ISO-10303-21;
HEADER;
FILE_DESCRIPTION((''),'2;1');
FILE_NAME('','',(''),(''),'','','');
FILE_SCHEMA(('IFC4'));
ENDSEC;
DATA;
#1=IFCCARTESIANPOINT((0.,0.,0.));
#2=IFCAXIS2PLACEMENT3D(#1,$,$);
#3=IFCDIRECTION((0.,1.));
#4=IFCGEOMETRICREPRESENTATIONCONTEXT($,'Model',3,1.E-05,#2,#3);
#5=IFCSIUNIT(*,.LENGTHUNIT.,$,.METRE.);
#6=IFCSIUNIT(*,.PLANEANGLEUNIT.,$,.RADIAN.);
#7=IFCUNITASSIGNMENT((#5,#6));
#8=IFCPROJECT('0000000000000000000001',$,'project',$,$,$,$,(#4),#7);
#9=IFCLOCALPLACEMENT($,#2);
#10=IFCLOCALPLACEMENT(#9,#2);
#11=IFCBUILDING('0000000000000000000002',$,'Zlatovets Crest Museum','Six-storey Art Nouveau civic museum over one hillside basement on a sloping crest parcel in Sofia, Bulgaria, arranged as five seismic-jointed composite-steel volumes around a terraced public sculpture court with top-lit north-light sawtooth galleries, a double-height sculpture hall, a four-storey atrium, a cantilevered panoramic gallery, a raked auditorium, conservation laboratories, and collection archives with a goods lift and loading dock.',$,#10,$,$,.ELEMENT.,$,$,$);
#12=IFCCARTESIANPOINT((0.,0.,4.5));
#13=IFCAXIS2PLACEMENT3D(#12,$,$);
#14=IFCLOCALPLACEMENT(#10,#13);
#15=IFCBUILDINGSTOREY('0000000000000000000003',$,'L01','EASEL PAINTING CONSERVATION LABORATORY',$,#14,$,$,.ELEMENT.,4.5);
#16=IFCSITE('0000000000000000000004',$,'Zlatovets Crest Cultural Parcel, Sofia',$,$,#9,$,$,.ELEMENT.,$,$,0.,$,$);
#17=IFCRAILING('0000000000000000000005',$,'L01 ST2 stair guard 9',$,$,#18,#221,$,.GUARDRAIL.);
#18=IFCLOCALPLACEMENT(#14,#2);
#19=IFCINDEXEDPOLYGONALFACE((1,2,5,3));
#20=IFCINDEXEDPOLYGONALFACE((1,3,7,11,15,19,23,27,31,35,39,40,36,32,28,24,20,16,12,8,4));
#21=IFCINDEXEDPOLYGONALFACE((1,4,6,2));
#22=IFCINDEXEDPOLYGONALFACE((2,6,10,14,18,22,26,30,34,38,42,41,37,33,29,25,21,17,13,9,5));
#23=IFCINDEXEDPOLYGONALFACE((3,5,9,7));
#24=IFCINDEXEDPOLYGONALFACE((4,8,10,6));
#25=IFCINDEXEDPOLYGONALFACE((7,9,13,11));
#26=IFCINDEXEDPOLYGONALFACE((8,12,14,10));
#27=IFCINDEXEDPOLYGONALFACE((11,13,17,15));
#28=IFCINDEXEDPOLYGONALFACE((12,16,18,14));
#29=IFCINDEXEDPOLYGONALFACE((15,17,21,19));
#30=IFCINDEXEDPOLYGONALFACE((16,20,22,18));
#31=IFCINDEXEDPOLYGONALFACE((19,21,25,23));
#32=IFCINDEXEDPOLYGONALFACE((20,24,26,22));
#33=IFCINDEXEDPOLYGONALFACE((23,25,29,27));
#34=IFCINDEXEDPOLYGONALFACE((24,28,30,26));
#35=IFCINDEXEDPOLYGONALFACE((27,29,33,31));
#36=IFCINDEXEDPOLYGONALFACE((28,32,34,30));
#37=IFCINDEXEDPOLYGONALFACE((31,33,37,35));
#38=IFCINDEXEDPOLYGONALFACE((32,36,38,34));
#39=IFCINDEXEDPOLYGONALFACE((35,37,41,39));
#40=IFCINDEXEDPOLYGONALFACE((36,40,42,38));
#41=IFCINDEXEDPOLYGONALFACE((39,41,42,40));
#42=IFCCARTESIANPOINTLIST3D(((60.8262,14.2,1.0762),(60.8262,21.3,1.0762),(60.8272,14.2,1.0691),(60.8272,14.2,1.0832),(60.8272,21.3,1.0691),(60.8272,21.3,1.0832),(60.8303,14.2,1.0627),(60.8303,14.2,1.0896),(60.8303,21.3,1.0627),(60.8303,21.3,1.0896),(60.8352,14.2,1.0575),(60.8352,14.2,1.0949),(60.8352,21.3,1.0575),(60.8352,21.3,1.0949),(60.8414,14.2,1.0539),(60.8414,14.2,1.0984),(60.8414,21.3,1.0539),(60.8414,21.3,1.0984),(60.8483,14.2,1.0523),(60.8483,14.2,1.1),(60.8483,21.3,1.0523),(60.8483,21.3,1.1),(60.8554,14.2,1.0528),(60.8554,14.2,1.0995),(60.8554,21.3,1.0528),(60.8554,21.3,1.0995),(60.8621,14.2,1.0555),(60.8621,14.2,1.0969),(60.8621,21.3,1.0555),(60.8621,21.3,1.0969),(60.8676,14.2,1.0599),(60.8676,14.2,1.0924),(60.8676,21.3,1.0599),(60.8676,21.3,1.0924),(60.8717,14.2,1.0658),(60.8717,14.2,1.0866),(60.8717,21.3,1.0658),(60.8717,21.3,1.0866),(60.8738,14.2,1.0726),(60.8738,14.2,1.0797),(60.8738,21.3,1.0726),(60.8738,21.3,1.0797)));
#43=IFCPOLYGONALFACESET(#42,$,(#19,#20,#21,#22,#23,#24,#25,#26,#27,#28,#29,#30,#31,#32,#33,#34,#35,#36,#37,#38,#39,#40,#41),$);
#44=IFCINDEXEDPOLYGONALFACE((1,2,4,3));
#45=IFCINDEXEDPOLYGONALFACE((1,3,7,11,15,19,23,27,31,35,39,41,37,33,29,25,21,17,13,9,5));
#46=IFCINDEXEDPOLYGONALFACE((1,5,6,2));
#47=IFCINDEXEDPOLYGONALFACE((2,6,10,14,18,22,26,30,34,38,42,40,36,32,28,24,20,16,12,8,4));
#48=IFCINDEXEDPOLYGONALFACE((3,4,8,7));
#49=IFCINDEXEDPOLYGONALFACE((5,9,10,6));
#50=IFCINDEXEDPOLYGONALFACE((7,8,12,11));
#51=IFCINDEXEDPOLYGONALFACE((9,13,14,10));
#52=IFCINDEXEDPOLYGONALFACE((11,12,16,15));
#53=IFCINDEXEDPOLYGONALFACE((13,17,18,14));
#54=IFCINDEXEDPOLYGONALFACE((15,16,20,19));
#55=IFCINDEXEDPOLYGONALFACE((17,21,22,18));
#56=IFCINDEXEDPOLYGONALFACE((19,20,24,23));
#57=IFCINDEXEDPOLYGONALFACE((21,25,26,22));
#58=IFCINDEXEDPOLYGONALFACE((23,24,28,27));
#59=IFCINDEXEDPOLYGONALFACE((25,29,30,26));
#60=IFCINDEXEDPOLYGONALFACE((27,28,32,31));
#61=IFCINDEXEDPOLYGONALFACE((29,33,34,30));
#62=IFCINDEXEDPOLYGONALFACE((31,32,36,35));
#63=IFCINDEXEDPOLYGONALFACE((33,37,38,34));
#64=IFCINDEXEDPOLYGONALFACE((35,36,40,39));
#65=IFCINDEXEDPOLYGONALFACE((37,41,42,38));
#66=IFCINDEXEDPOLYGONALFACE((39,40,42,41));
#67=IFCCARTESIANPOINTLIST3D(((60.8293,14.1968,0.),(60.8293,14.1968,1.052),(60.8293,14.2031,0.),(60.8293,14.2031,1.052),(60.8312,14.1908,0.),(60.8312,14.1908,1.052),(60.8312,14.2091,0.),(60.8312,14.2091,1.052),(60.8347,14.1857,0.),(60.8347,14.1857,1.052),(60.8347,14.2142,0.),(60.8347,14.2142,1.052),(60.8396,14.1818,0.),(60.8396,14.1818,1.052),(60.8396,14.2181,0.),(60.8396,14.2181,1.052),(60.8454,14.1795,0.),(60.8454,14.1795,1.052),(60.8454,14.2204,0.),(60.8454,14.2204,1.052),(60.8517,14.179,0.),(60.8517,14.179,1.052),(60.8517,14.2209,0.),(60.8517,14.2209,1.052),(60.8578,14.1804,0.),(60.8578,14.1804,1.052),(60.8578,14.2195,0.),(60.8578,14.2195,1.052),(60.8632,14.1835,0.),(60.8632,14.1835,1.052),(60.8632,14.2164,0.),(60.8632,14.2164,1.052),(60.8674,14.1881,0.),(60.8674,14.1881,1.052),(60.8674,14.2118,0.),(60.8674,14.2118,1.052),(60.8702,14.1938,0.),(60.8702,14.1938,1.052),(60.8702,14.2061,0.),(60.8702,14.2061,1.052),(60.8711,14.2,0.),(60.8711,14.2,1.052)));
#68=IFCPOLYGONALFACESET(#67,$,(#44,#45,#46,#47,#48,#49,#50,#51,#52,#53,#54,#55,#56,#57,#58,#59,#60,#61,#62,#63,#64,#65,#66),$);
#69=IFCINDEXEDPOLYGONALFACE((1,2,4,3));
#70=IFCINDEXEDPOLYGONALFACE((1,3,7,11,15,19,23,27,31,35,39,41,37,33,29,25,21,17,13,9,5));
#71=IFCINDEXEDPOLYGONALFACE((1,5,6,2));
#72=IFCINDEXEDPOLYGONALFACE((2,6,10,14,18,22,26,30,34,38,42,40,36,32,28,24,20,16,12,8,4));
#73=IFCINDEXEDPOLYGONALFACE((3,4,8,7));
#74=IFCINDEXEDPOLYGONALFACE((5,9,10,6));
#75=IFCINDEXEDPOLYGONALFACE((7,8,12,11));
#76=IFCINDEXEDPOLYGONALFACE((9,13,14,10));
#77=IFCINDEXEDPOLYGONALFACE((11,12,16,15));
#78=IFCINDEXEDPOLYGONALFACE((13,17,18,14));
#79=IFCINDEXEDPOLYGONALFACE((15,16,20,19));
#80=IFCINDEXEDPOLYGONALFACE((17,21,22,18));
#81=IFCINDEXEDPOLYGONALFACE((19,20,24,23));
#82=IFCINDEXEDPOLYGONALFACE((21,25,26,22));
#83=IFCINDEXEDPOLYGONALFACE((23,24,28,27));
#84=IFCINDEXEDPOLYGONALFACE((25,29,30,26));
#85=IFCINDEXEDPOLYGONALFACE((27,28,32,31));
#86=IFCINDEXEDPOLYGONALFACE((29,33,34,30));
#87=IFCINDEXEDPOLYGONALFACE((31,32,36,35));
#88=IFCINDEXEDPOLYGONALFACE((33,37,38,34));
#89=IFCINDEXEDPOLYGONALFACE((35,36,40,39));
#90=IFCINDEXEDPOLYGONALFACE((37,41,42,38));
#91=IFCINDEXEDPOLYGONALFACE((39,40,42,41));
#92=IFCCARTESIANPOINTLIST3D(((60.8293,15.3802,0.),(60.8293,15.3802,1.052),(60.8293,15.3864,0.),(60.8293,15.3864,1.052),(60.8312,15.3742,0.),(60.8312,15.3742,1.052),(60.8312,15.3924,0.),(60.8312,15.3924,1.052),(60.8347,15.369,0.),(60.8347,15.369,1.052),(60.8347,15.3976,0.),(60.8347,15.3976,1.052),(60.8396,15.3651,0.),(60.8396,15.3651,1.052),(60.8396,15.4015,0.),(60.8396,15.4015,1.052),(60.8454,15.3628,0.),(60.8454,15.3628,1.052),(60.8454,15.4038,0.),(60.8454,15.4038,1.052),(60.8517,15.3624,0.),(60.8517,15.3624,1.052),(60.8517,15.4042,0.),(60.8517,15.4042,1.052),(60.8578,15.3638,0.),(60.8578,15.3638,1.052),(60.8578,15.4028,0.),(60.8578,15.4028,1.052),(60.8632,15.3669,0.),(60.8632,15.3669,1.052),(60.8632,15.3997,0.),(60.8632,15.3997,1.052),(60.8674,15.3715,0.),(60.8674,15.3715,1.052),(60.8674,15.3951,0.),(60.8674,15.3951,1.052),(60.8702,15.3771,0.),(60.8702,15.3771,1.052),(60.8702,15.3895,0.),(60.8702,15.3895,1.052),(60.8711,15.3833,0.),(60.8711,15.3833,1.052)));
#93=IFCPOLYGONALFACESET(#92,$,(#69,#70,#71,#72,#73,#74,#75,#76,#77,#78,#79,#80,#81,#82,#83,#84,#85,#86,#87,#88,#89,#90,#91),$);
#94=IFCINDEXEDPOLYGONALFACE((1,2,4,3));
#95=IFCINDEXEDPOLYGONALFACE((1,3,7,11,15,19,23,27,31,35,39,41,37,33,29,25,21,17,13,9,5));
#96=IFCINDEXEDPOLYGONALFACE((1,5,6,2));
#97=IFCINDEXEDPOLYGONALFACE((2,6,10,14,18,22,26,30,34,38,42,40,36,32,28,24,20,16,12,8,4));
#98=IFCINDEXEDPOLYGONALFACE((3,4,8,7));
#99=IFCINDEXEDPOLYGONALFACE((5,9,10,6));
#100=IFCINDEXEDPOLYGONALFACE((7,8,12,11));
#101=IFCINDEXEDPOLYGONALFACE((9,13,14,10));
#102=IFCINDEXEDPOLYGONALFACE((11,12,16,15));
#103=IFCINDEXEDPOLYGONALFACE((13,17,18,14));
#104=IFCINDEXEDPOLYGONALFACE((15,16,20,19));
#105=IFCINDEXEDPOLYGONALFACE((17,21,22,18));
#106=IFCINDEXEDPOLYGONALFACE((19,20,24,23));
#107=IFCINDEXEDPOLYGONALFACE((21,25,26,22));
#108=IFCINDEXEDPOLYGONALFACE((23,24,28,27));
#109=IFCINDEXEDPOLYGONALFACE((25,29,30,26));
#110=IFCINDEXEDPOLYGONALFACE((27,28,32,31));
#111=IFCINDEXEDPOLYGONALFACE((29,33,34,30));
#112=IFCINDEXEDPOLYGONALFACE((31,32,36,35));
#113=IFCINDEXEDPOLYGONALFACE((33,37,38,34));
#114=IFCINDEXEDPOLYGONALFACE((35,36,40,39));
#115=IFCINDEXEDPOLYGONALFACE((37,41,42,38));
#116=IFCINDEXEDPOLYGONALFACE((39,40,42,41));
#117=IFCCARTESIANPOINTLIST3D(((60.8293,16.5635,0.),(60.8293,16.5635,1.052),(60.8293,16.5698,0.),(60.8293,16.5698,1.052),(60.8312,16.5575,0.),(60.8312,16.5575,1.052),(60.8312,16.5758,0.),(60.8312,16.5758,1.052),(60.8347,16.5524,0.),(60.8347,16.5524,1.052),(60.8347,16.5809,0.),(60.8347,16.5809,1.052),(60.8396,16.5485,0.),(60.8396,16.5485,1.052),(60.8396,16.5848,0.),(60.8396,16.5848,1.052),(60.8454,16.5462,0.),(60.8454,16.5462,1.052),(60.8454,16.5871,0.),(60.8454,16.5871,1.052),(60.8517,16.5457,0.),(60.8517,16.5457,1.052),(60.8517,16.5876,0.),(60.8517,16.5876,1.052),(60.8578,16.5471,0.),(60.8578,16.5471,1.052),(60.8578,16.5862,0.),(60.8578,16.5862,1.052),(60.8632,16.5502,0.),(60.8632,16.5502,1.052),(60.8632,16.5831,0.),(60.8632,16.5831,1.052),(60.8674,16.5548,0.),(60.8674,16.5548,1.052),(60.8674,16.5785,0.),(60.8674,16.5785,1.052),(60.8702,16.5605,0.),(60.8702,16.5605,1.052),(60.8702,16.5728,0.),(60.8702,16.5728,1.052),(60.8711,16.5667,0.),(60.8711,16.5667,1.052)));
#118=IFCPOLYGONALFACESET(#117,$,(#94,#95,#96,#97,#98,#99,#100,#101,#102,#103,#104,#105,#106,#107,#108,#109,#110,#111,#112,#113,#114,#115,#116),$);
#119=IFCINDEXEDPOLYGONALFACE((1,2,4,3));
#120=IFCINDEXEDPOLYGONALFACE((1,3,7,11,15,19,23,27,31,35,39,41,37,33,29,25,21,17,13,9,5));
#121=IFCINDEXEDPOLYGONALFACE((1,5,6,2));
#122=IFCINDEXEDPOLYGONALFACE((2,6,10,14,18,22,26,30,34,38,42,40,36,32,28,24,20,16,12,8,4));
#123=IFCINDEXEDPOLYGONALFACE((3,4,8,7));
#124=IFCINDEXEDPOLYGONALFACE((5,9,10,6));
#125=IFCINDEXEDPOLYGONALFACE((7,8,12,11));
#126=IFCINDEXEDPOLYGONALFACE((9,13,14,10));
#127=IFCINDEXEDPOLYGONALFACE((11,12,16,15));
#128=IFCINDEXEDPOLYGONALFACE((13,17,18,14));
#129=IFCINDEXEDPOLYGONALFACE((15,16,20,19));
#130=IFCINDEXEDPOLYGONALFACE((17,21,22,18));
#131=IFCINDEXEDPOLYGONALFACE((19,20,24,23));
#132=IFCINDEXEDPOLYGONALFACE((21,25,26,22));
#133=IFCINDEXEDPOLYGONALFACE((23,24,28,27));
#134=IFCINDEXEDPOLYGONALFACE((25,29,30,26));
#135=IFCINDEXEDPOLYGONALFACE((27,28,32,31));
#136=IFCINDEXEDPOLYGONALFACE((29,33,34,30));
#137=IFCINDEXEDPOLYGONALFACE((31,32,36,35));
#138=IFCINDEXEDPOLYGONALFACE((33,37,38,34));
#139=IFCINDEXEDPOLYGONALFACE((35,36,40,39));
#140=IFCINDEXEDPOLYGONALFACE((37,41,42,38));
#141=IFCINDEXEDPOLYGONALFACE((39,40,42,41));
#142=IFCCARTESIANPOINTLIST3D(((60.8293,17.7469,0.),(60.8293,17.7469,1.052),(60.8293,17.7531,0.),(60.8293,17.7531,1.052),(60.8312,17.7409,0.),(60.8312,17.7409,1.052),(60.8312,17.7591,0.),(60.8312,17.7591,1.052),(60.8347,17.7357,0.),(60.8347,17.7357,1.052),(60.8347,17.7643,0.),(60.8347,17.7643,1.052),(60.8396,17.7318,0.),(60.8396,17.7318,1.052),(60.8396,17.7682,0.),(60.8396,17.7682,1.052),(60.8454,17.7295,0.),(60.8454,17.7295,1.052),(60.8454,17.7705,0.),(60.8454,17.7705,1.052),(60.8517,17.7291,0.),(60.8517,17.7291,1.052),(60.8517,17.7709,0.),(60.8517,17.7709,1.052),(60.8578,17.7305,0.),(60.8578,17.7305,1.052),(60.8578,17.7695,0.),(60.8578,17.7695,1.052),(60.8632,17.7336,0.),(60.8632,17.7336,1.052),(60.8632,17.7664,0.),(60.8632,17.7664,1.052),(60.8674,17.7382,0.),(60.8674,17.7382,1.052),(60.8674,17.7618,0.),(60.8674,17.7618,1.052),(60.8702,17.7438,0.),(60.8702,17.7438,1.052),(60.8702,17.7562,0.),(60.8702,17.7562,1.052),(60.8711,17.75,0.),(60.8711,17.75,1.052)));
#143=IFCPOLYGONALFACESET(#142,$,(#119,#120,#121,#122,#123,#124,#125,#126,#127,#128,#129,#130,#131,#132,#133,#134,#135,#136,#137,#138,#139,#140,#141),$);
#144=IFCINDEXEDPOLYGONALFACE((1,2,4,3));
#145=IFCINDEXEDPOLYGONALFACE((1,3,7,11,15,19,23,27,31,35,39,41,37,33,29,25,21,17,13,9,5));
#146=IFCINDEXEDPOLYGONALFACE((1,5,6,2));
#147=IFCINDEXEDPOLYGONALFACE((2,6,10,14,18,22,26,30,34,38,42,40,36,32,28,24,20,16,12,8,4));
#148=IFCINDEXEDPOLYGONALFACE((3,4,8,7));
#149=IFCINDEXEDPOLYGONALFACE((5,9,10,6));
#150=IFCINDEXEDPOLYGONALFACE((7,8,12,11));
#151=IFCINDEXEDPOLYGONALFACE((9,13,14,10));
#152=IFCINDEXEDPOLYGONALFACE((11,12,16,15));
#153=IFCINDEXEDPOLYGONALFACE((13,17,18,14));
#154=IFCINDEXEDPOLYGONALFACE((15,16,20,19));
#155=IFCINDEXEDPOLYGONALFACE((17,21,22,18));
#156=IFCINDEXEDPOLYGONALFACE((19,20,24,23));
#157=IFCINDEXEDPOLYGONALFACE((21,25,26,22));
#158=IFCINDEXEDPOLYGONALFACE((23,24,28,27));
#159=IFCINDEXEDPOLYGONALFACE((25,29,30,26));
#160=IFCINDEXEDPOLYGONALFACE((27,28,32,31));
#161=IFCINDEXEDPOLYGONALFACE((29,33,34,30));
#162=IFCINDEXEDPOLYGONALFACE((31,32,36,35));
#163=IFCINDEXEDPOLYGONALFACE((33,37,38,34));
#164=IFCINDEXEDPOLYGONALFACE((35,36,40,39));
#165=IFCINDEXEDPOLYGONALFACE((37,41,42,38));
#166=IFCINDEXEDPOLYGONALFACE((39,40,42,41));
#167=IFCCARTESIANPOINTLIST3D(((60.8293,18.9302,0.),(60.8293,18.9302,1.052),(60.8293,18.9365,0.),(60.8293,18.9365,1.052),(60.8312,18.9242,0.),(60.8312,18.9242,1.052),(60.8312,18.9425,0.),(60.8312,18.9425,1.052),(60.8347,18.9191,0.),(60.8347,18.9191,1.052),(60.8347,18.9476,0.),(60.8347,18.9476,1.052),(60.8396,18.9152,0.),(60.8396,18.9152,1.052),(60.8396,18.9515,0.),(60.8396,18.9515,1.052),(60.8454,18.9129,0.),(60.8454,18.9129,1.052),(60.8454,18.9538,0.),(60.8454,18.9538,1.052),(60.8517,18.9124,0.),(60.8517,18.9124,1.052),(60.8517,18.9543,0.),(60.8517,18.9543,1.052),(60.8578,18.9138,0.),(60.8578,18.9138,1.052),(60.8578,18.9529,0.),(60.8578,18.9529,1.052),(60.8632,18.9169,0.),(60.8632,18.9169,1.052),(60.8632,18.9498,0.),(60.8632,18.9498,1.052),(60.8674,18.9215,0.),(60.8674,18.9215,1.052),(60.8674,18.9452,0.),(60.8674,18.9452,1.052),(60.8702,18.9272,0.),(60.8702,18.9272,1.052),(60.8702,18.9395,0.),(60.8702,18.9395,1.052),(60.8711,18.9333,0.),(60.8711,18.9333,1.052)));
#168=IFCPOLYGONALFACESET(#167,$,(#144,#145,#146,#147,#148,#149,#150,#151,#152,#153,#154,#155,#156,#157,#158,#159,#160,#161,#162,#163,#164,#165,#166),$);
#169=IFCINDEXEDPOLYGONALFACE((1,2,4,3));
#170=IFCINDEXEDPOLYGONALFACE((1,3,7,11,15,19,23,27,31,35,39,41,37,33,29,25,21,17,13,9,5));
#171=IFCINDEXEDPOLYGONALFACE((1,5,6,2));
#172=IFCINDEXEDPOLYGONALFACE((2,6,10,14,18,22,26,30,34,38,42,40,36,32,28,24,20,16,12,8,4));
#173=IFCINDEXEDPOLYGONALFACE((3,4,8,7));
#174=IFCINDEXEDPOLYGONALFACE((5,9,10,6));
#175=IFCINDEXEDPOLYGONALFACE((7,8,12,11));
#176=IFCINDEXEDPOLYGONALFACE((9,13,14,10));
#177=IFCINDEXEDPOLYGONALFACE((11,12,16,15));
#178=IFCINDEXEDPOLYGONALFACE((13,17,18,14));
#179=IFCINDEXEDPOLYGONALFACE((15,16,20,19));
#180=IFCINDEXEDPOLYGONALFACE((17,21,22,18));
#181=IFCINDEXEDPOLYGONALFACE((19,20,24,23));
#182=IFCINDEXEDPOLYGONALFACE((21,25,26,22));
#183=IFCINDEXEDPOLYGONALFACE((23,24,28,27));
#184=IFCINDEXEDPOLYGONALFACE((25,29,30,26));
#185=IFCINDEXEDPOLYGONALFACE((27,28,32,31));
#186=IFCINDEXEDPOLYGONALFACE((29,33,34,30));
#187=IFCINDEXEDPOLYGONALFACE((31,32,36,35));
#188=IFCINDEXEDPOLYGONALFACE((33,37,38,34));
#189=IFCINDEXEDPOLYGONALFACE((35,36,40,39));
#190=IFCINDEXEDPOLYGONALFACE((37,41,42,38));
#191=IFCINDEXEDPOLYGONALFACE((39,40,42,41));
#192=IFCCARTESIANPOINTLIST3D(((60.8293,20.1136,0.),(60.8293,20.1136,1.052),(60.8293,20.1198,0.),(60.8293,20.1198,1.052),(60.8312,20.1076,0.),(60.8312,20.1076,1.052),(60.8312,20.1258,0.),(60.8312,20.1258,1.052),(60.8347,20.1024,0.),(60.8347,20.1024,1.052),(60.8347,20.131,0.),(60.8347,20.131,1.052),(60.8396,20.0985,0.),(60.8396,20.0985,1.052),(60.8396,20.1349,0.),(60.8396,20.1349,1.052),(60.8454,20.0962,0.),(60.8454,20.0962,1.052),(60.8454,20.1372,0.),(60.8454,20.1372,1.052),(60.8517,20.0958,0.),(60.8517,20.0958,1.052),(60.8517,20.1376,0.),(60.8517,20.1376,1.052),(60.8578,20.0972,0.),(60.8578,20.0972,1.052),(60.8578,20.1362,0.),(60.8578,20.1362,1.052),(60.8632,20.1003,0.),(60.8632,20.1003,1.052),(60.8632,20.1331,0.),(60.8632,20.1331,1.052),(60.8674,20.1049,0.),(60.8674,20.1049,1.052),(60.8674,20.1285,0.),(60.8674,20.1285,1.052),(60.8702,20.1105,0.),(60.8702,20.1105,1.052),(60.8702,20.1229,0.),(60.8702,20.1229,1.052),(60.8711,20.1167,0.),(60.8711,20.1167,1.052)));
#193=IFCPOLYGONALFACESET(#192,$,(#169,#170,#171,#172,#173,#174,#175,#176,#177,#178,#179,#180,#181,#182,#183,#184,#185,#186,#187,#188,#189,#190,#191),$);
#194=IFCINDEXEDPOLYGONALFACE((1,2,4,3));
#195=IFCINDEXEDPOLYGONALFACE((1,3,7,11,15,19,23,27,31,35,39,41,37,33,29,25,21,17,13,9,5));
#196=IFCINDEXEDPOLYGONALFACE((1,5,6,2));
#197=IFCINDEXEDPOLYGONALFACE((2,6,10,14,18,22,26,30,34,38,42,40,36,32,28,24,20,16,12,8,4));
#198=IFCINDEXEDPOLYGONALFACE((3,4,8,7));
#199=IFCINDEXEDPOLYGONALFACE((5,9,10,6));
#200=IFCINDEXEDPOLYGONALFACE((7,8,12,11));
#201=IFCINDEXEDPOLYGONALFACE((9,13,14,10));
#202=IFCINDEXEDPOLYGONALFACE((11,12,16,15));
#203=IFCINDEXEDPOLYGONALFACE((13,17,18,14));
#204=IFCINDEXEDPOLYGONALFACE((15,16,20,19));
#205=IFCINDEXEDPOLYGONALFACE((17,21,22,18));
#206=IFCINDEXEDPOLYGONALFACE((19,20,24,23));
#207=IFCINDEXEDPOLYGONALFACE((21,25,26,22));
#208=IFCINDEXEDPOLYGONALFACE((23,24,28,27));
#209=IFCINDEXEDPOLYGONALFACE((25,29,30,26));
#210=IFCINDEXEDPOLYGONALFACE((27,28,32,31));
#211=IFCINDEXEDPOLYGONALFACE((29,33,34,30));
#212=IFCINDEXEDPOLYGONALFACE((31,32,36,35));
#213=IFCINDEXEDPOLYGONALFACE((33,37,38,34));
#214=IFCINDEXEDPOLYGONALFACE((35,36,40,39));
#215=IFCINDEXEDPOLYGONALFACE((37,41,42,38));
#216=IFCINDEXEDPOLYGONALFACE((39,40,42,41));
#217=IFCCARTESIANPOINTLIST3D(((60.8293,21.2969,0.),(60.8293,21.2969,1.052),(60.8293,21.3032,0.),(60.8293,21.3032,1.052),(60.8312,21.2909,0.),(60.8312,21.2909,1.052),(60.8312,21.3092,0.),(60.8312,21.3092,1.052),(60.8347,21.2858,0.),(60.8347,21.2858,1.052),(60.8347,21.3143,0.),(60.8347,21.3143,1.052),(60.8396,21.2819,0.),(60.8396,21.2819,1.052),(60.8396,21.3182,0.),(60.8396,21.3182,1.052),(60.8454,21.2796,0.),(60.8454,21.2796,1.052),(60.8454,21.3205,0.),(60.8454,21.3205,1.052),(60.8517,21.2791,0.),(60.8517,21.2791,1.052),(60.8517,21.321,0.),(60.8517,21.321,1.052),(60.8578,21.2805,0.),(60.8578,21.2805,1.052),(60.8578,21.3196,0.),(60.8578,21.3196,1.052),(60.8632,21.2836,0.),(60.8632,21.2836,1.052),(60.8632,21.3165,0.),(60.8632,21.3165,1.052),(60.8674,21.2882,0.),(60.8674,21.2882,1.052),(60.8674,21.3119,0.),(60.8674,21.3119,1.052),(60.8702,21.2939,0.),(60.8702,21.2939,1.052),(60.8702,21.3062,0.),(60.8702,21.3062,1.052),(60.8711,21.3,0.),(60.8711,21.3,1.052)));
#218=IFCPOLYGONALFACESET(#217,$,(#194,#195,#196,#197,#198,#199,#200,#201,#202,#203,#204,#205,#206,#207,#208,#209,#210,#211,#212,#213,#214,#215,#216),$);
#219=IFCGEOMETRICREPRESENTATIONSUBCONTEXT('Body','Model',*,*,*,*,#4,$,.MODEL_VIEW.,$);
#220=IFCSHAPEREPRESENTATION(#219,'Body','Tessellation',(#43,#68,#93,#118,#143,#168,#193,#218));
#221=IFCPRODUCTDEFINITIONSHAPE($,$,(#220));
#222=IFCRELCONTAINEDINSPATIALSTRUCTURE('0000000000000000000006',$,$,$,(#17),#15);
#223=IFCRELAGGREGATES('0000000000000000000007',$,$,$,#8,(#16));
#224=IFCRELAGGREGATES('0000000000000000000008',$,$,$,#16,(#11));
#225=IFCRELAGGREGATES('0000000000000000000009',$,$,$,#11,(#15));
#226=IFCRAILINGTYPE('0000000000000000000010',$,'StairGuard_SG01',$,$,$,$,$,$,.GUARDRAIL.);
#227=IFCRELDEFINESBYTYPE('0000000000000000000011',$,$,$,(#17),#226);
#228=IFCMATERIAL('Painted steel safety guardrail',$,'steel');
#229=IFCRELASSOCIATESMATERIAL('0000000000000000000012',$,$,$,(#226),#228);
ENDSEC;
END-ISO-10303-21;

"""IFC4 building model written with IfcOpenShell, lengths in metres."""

from ifc_helpers import new_model, si_unit, direction, frame, origin, origin_2d, place, context, subcontext, project, spatial, circle, extrude, material, type_object, element, save


model = new_model("IFC4")

# Units and contexts
model_context = context("Model", 3, precision=1e-05, world=origin(), true_north=direction((0.0, 1.0)))
body_context = subcontext(model_context, "Body", "Model", "MODEL_VIEW")
ifc_project = project(units=[si_unit("LENGTHUNIT", "METRE"), si_unit("PLANEANGLEUNIT", "RADIAN")], contexts=[model_context])

# Site, building, storey
site_placement = place(None, origin())
site = spatial("IfcSite", under=ifc_project, at=site_placement, Name="Zlatovets Crest Cultural Parcel, Sofia", CompositionType="ELEMENT", RefElevation=0.0)
building_placement = place(site_placement, origin())
building = spatial("IfcBuilding", under=site, at=building_placement, Name="Zlatovets Crest Museum", Description="Six-storey Art Nouveau civic museum over one hillside basement on a sloping crest parcel in Sofia, Bulgaria, arranged as five seismic-jointed composite-steel volumes around a terraced public sculpture court with top-lit north-light sawtooth galleries, a double-height sculpture hall, a four-storey atrium, a cantilevered panoramic gallery, a raked auditorium, conservation laboratories, and collection archives with a goods lift and loading dock.", CompositionType="ELEMENT")
storey_placement = place(building_placement, frame((0.0, 0.0, 4.5)))
storey = spatial("IfcBuildingStorey", under=building, at=storey_placement, Name="L01", Description="EASEL PAINTING CONSERVATION LABORATORY", CompositionType="ELEMENT", Elevation=4.5)

# Railing
ifc_material_1 = material(Name="Painted steel safety guardrail", Category="steel")
railing_type_1 = type_object("IfcRailingType", Name="StairGuard_SG01", PredefinedType="GUARDRAIL", material=ifc_material_1)
for number, where, name in (
    (1, (60.8501, 14.2, 0.0), "L01 ST2 stair guard 9"),
):
    element("IfcRailing", number, at=place(storey_placement, frame(where)), inside=storey, type_object=railing_type_1, Name=name, PredefinedType="GUARDRAIL", context=body_context, shape_type="SweptSolid", body=[
        extrude(circle(Radius=0.0239, at=origin_2d()), frame((0.0, 0.0, 1.0762), z_axis=(0.0, 1.0, 0.0), x_axis=(-1.0, 0.0, 0.0)), (0.0, 0.0, 1.0), 7.1001),
        extrude(circle(Radius=0.021, at=origin_2d()), origin(), (0.0, 0.0, 1.0), 1.052),
        extrude(circle(Radius=0.021, at=origin_2d()), frame((0.0, 1.1833, 0.0)), (0.0, 0.0, 1.0), 1.052),
        extrude(circle(Radius=0.021, at=origin_2d()), frame((0.0, 2.3667, 0.0)), (0.0, 0.0, 1.0), 1.052),
        extrude(circle(Radius=0.021, at=origin_2d()), frame((0.0, 3.55, 0.0)), (0.0, 0.0, 1.0), 1.052),
        extrude(circle(Radius=0.021, at=origin_2d()), frame((0.0, 4.7334, 0.0)), (0.0, 0.0, 1.0), 1.052),
        extrude(circle(Radius=0.021, at=origin_2d()), frame((0.0, 5.9167, 0.0)), (0.0, 0.0, 1.0), 1.052),
        extrude(circle(Radius=0.021, at=origin_2d()), frame((0.0, 7.1001, 0.0)), (0.0, 0.0, 1.0), 1.052),
    ])

save(model, "model.ifc")
